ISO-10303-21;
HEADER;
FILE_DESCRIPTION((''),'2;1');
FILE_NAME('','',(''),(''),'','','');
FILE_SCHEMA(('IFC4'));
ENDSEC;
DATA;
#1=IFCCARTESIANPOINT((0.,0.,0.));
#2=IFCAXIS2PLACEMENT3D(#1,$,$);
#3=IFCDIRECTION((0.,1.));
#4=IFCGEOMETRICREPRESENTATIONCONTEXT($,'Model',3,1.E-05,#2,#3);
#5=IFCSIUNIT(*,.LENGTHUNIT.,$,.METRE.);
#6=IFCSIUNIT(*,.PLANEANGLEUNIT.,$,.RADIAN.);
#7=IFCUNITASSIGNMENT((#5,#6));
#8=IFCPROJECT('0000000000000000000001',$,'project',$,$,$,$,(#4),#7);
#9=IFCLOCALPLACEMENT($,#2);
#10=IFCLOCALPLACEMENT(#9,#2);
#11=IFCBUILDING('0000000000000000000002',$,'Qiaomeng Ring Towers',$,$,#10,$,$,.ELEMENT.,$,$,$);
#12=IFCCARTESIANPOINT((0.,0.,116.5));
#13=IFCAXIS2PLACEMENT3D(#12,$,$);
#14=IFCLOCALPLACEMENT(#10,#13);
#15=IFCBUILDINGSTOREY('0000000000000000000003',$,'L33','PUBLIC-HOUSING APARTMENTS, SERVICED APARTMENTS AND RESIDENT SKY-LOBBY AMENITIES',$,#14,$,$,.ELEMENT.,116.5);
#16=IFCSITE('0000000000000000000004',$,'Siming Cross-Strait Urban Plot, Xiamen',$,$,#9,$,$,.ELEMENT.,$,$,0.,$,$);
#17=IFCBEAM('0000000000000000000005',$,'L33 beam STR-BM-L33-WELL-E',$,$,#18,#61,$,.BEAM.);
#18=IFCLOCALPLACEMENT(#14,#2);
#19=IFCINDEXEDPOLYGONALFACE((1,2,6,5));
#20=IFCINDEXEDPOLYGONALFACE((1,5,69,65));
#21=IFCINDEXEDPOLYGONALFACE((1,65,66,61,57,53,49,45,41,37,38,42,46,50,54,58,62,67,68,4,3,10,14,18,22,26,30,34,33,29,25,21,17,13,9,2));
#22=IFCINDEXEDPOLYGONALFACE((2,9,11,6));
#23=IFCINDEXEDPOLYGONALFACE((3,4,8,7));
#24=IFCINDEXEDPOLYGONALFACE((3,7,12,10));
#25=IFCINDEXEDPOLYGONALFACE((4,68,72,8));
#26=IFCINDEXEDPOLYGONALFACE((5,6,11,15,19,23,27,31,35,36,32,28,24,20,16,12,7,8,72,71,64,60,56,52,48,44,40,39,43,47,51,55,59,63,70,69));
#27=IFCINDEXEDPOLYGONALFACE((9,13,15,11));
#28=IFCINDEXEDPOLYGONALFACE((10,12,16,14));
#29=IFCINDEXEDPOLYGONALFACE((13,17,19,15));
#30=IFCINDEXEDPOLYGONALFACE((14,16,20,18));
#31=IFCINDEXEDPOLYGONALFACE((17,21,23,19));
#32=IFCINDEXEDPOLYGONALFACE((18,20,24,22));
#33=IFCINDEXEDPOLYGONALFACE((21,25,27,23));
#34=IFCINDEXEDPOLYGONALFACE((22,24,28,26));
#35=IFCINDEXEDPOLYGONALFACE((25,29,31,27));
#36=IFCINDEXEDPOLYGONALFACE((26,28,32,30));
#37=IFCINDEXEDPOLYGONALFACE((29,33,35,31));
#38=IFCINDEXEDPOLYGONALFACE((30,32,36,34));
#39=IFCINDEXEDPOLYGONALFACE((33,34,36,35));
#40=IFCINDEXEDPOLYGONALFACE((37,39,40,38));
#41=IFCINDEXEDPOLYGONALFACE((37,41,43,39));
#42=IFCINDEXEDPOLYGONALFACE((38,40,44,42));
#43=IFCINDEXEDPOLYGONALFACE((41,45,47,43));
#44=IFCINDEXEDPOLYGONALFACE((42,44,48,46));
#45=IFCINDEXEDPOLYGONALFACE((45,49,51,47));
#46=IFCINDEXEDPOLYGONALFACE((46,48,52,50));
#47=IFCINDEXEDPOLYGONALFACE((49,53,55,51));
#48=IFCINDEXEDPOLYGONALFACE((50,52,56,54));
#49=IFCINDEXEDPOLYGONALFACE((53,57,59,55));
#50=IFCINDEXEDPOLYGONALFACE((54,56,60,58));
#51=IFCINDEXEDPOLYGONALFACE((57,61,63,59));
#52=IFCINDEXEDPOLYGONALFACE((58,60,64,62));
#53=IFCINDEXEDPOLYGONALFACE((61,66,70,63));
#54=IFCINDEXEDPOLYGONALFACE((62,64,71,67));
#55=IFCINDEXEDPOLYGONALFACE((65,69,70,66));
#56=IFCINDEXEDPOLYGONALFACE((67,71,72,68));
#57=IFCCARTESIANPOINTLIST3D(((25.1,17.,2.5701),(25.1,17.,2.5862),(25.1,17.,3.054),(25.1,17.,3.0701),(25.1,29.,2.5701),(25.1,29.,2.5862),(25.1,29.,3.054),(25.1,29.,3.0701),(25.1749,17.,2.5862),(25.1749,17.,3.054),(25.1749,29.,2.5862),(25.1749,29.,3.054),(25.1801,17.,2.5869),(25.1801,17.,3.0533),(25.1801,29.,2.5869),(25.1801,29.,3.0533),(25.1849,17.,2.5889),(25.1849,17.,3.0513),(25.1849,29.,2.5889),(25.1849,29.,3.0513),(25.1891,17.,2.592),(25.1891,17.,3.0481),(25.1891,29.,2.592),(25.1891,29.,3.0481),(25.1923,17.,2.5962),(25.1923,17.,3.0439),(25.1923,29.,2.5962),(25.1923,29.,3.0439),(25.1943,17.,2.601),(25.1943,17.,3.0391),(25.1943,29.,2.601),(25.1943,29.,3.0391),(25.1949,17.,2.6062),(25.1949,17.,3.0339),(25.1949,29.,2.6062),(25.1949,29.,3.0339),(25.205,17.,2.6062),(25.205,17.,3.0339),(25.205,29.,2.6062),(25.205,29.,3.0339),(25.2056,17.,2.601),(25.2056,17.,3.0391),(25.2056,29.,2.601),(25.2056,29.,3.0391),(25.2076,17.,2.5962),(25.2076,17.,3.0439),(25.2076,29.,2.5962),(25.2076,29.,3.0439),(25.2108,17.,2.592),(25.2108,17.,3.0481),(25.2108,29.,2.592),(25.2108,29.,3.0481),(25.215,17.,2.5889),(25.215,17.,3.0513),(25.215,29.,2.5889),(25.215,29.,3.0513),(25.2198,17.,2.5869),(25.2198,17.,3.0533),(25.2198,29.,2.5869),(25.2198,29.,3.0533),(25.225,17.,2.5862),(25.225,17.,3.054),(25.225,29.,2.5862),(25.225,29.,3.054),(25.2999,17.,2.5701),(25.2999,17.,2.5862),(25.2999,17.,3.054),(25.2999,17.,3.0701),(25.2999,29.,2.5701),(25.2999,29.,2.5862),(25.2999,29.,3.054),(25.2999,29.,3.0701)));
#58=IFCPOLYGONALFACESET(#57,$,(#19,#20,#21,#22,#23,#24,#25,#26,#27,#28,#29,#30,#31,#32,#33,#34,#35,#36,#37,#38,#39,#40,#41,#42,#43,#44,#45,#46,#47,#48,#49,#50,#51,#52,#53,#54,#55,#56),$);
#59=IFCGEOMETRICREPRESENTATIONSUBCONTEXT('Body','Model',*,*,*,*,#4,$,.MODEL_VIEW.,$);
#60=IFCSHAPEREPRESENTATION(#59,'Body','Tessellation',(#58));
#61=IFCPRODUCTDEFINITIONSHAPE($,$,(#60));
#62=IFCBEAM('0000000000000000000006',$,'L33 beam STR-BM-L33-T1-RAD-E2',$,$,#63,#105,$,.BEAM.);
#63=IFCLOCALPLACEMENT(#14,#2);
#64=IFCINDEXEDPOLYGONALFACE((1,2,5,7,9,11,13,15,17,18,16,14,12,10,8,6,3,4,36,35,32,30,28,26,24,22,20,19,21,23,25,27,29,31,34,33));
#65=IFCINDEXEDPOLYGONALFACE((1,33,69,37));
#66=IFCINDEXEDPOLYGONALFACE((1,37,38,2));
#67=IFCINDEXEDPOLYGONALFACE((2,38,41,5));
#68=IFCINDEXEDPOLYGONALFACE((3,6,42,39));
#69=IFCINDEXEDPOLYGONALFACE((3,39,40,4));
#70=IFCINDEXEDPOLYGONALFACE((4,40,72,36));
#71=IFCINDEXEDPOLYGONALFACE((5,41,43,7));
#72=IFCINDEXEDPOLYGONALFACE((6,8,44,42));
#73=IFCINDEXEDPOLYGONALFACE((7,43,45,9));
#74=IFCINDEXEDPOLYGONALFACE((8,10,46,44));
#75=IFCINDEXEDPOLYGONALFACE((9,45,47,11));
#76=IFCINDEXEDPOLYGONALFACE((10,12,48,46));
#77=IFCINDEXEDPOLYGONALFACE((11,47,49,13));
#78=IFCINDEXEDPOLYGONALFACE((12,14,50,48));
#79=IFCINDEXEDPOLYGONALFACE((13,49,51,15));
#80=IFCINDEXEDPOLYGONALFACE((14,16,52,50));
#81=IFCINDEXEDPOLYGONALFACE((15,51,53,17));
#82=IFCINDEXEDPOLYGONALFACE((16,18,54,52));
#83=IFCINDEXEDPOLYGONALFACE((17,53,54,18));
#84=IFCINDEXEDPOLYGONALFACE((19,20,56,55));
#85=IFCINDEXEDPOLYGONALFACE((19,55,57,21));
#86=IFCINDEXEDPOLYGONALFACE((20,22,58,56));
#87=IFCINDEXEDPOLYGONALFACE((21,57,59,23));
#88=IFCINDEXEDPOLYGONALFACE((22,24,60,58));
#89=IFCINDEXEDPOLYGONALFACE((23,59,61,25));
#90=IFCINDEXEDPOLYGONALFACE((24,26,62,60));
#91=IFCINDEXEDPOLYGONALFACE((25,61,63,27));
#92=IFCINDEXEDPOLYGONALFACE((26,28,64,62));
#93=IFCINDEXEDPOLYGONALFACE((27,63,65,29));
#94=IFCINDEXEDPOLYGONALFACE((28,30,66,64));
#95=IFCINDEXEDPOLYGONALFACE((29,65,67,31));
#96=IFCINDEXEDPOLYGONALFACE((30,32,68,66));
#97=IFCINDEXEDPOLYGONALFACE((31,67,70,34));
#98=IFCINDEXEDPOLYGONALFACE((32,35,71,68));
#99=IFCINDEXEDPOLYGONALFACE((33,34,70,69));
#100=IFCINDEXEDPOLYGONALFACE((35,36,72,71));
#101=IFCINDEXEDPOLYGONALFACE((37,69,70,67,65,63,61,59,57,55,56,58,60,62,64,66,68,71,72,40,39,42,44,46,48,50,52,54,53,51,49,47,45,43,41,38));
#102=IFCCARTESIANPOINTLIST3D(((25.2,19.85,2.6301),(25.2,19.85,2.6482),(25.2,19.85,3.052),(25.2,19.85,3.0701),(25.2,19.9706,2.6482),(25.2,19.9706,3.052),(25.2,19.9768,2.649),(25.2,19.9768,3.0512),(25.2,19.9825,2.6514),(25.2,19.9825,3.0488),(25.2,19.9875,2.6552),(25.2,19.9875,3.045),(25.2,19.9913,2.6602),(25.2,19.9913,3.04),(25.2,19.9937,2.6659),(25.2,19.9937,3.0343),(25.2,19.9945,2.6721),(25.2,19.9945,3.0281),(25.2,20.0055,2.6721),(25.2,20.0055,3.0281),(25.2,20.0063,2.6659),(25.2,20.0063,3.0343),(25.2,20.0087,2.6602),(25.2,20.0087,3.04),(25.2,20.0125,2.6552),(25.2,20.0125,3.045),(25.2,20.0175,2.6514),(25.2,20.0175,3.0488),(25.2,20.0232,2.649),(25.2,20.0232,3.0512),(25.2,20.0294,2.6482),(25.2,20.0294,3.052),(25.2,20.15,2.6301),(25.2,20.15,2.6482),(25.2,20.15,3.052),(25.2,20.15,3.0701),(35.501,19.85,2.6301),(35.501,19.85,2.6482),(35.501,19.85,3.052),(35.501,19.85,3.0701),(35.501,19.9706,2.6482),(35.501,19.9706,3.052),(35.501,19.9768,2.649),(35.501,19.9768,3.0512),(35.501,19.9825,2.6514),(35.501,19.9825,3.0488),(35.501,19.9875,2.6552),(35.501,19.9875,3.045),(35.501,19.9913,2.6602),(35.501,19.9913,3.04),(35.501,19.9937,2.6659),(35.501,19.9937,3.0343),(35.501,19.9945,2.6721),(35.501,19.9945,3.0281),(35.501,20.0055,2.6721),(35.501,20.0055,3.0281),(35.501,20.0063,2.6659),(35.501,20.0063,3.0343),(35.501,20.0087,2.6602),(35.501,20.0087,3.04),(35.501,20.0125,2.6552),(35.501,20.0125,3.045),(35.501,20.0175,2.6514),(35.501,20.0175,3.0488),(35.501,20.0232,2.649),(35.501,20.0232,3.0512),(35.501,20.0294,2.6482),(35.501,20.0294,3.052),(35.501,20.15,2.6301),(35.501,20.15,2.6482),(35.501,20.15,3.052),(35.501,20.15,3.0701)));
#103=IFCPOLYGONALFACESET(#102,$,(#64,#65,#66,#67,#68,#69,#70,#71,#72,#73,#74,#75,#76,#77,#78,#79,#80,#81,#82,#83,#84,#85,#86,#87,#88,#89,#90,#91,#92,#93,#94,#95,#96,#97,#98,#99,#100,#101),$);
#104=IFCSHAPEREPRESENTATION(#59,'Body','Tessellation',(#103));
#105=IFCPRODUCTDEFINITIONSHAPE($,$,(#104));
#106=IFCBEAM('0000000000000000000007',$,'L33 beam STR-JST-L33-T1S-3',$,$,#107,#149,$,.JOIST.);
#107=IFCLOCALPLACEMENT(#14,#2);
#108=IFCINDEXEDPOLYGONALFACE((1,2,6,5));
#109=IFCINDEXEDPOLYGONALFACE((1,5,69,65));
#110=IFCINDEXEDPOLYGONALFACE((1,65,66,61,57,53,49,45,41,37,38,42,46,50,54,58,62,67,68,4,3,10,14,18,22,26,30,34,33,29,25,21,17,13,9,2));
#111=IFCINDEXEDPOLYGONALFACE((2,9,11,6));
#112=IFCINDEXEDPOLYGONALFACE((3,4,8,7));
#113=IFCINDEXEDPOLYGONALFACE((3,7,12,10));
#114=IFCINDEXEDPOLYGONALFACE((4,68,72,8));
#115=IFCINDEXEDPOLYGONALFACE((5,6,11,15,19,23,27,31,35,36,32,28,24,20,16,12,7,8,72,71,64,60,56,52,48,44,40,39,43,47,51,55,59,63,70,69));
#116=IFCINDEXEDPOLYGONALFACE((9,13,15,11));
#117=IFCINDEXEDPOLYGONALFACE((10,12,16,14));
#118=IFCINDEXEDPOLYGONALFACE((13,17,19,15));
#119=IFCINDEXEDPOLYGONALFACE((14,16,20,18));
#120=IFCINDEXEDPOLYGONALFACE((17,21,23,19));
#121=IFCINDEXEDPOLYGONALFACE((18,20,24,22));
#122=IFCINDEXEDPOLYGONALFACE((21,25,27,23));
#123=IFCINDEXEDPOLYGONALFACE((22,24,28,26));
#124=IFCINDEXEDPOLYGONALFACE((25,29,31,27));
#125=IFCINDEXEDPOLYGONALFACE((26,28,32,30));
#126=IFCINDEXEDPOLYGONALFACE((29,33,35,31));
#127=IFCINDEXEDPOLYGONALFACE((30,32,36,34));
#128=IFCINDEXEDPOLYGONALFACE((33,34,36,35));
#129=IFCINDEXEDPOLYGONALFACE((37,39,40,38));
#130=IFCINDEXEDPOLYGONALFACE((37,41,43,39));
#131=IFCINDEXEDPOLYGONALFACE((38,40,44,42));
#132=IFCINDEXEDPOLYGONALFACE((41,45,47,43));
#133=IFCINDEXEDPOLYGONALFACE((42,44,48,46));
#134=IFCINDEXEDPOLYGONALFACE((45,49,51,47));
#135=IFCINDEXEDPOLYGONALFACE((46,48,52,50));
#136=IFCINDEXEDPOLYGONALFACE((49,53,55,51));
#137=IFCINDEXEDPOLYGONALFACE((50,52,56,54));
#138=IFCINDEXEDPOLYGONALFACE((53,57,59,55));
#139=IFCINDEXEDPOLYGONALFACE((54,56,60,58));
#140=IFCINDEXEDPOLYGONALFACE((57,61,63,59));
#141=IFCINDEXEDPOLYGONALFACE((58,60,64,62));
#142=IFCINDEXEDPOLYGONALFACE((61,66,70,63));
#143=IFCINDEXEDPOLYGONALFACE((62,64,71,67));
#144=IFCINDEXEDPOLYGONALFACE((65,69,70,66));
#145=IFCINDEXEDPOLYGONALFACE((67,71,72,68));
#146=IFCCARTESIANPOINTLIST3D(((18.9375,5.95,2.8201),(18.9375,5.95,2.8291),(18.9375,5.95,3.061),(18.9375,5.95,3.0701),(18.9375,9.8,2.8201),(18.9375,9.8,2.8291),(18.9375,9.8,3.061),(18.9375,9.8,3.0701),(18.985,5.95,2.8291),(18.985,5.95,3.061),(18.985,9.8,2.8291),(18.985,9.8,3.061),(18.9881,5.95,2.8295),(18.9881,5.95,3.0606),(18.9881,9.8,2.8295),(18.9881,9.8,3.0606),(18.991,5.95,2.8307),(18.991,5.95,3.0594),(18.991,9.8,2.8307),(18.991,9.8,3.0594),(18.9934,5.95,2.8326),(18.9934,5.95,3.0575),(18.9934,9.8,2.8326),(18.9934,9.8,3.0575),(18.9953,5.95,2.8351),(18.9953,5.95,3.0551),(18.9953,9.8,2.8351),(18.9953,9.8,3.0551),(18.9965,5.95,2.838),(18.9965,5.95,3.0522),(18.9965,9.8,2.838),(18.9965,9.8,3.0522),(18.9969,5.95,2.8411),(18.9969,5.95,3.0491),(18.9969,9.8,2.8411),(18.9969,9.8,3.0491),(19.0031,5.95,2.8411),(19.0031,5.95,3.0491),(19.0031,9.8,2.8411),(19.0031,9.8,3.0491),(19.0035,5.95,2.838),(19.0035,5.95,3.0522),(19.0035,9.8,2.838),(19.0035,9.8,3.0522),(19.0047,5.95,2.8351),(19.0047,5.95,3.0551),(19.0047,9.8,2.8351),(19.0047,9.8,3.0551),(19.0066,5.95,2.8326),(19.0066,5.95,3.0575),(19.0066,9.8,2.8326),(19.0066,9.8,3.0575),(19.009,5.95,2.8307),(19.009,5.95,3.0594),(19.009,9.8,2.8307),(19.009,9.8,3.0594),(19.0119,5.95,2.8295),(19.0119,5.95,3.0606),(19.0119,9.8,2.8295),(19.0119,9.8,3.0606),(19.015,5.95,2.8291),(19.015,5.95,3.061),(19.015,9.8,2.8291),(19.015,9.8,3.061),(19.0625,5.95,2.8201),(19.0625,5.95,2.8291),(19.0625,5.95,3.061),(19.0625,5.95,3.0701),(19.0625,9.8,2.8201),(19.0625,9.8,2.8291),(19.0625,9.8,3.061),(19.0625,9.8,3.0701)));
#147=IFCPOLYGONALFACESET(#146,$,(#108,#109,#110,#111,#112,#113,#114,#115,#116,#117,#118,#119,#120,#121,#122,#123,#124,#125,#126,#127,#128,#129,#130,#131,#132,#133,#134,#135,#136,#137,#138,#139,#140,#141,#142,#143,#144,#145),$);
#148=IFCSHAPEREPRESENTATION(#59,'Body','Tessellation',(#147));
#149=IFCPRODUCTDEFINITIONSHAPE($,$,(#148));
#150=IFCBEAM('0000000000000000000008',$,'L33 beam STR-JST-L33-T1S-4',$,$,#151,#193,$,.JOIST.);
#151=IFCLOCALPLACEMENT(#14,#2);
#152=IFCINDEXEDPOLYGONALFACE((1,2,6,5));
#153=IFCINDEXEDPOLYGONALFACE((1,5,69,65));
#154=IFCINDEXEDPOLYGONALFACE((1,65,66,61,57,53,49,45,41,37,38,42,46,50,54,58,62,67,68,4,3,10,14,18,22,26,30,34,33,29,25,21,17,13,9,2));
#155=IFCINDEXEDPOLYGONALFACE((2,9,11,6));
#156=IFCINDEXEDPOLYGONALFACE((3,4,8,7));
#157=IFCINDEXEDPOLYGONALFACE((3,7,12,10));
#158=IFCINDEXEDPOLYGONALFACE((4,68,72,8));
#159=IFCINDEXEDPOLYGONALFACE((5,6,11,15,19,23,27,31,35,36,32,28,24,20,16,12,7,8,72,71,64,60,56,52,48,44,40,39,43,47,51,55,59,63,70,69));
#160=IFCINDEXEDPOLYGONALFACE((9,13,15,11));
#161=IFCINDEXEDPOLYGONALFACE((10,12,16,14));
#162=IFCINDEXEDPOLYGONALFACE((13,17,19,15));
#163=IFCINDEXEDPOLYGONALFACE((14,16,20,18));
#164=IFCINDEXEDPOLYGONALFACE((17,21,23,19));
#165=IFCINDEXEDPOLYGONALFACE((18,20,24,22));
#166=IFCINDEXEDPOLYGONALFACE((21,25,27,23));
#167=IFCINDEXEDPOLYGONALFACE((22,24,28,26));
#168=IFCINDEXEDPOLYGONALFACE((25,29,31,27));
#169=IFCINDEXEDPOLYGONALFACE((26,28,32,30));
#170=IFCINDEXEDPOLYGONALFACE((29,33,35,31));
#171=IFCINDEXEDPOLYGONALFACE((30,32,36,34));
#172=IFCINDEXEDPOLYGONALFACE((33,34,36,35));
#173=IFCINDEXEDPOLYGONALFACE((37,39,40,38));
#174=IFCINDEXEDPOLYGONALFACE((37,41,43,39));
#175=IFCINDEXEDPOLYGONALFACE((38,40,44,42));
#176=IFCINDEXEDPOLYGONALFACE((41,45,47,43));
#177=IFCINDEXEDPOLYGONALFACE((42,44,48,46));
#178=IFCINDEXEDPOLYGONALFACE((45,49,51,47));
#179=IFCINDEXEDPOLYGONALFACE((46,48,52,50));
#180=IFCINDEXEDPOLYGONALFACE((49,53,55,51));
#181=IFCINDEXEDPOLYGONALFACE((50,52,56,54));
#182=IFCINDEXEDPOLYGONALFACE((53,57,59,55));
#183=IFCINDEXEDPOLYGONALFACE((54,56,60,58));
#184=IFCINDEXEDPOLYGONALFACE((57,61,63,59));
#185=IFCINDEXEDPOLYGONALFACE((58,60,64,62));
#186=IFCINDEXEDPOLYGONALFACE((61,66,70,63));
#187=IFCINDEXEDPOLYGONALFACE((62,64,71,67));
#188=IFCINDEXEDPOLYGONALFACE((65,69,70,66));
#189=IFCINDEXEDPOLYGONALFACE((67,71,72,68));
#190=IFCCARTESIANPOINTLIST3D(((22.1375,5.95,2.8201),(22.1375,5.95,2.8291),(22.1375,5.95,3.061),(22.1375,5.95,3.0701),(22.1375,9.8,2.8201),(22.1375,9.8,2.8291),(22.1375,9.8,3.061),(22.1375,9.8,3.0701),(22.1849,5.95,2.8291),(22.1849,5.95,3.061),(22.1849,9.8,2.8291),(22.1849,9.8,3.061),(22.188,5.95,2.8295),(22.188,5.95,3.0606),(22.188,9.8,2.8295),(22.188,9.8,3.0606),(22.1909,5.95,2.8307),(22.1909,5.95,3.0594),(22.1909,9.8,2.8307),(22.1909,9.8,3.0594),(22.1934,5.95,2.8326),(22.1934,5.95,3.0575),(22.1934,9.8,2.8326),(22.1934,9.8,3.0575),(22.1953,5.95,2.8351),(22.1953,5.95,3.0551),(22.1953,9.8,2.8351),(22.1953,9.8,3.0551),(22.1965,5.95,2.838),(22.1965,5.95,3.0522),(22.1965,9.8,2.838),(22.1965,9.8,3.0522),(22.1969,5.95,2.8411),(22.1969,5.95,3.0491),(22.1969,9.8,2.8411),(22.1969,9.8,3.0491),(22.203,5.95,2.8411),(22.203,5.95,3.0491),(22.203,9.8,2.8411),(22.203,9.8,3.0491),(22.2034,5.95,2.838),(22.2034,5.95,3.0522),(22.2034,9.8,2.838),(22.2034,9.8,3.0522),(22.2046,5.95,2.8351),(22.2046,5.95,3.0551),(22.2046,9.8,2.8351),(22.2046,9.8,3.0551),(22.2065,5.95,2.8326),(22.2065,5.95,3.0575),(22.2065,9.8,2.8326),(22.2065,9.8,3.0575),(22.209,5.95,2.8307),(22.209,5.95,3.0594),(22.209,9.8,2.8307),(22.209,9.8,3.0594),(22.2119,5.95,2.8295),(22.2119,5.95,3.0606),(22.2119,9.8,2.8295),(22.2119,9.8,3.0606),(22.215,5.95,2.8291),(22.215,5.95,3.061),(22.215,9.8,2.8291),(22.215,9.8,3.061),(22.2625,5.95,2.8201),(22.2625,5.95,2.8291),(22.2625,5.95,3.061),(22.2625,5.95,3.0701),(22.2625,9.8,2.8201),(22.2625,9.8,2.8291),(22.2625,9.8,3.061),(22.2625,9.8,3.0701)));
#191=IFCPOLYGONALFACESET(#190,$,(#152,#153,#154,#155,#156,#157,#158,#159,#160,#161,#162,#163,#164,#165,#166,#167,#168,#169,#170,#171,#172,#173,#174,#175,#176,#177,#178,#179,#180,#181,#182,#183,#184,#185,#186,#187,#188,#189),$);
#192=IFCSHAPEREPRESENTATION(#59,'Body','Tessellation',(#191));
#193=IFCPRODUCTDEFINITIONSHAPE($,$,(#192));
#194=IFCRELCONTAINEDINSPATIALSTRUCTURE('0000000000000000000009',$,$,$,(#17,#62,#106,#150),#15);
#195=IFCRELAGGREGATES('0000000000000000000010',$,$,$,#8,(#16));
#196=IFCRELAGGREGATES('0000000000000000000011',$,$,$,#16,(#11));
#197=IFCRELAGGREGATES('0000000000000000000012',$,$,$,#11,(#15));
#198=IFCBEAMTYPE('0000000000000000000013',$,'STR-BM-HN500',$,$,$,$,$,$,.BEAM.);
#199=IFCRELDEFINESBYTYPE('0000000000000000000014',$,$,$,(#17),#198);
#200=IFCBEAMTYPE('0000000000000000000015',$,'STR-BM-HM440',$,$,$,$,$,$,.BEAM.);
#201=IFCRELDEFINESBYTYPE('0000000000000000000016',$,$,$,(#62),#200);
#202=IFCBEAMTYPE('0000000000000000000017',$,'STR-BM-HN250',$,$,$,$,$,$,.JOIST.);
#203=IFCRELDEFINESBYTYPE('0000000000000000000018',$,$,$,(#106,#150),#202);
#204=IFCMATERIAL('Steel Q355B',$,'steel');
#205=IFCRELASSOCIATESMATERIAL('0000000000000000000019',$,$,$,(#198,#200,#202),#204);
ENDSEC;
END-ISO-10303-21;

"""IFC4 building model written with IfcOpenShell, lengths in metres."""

from ifc_helpers import new_model, si_unit, direction, frame, origin, origin_2d, place, context, subcontext, project, spatial, i_section, extrude, source, transform, mapped, material, material_profile, profile_set, type_object, element, save


model = new_model("IFC4")

# Units and contexts
model_context = context("Model", 3, precision=1e-05, world=origin(), true_north=direction((0.0, 1.0)))
body_context = subcontext(model_context, "Body", "Model", "MODEL_VIEW")
ifc_project = project(units=[si_unit("LENGTHUNIT", "METRE"), si_unit("PLANEANGLEUNIT", "RADIAN")], contexts=[model_context])

# Site, building, storey
site_placement = place(None, origin())
site = spatial("IfcSite", under=ifc_project, at=site_placement, Name="Siming Cross-Strait Urban Plot, Xiamen", CompositionType="ELEMENT", RefElevation=0.0)
building_placement = place(site_placement, origin())
building = spatial("IfcBuilding", under=site, at=building_placement, Name="Qiaomeng Ring Towers", CompositionType="ELEMENT")
storey_placement = place(building_placement, frame((0.0, 0.0, 116.5)))
storey = spatial("IfcBuildingStorey", under=building, at=storey_placement, Name="L33", Description="PUBLIC-HOUSING APARTMENTS, SERVICED APARTMENTS AND RESIDENT SKY-LOBBY AMENITIES", CompositionType="ELEMENT", Elevation=116.5)

# Beams
ifc_material_1 = material(Name="Steel Q355B", Category="steel")
ifc_material_profile_1 = material_profile(ifc_material_1, i_section(OverallWidth=0.2, OverallDepth=0.5, WebThickness=0.01, FlangeThickness=0.0161, FilletRadius=0.02, at=origin_2d()), Name="HN 500x200x10x16")
ifc_profile_set_1 = profile_set([ifc_material_profile_1], Name="Steel Q355B")
beam_type_1 = type_object("IfcBeamType", Name="STR-BM-HN500", PredefinedType="BEAM", material=ifc_profile_set_1)
shared_shape_1 = source(origin(), body_context, "Body", "SweptSolid", [
    extrude(i_section(OverallWidth=0.2, OverallDepth=0.5, WebThickness=0.01, FlangeThickness=0.0161, FilletRadius=0.02, at=origin_2d()), origin(), (0.0, 0.0, 1.0), 12.0),
])
beam_1_placement = place(storey_placement, frame((25.2, 17.0, 2.8201), z_axis=(0.0, 1.0, 0.0), x_axis=(-1.0, 0.0, 0.0)))
element("IfcBeam", 1, at=beam_1_placement, inside=storey, type_object=beam_type_1, Name="L33 beam STR-BM-L33-WELL-E", PredefinedType="BEAM", context=body_context, shape_type="MappedRepresentation", body=[
    mapped(shared_shape_1, transform((0.0, 0.0, 0.0), x_axis=(1.0, 0.0, 0.0), y_axis=(0.0, 1.0, 0.0), z_axis=(0.0, 0.0, 1.0), scale=1.0)),
])
ifc_material_profile_2 = material_profile(ifc_material_1, i_section(OverallWidth=0.3, OverallDepth=0.4399, WebThickness=0.011, FlangeThickness=0.0181, FilletRadius=0.0239, at=origin_2d()), Name="HM 440x300x11x18")
ifc_profile_set_2 = profile_set([ifc_material_profile_2], Name="Steel Q355B")
beam_type_2 = type_object("IfcBeamType", Name="STR-BM-HM440", PredefinedType="BEAM", material=ifc_profile_set_2)
shared_shape_2 = source(origin(), body_context, "Body", "SweptSolid", [
    extrude(i_section(OverallWidth=0.3, OverallDepth=0.4399, WebThickness=0.011, FlangeThickness=0.0181, FilletRadius=0.0239, at=origin_2d()), origin(), (0.0, 0.0, 1.0), 10.301),
])
beam_2_placement = place(storey_placement, frame((25.2, 20.0, 2.8501), z_axis=(1.0, 0.0, 0.0), x_axis=(0.0, 1.0, 0.0)))
element("IfcBeam", 2, at=beam_2_placement, inside=storey, type_object=beam_type_2, Name="L33 beam STR-BM-L33-T1-RAD-E2", PredefinedType="BEAM", context=body_context, shape_type="MappedRepresentation", body=[
    mapped(shared_shape_2, transform((0.0, 0.0, 0.0), x_axis=(1.0, 0.0, 0.0), y_axis=(0.0, 1.0, 0.0), z_axis=(0.0, 0.0, 1.0), scale=1.0)),
])
ifc_material_profile_3 = material_profile(ifc_material_1, i_section(OverallWidth=0.125, OverallDepth=0.25, WebThickness=0.0061, FlangeThickness=0.009, FilletRadius=0.012, at=origin_2d()), Name="HN 250x125x6x9")
ifc_profile_set_3 = profile_set([ifc_material_profile_3], Name="Steel Q355B")
beam_type_3 = type_object("IfcBeamType", Name="STR-BM-HN250", PredefinedType="JOIST", material=ifc_profile_set_3)
shared_shape_3 = source(origin(), body_context, "Body", "SweptSolid", [
    extrude(i_section(OverallWidth=0.125, OverallDepth=0.25, WebThickness=0.0061, FlangeThickness=0.009, FilletRadius=0.012, at=origin_2d()), origin(), (0.0, 0.0, 1.0), 3.8501),
])
for number, where, z_axis, x_axis, name in (
    (3, (19.0, 5.95, 2.9451), (0.0, 1.0, 0.0), (-1.0, 0.0, 0.0), "L33 beam STR-JST-L33-T1S-3"),
    (4, (22.2, 5.95, 2.9451), (0.0, 1.0, 0.0), (-1.0, 0.0, 0.0), "L33 beam STR-JST-L33-T1S-4"),
):
    element("IfcBeam", number, at=place(storey_placement, frame(where, z_axis=z_axis, x_axis=x_axis)), inside=storey, type_object=beam_type_3, Name=name, PredefinedType="JOIST", context=body_context, shape_type="MappedRepresentation", body=[
        mapped(shared_shape_3, transform((0.0, 0.0, 0.0), x_axis=(1.0, 0.0, 0.0), y_axis=(0.0, 1.0, 0.0), z_axis=(0.0, 0.0, 1.0), scale=1.0)),
    ])

save(model, "model.ifc")
